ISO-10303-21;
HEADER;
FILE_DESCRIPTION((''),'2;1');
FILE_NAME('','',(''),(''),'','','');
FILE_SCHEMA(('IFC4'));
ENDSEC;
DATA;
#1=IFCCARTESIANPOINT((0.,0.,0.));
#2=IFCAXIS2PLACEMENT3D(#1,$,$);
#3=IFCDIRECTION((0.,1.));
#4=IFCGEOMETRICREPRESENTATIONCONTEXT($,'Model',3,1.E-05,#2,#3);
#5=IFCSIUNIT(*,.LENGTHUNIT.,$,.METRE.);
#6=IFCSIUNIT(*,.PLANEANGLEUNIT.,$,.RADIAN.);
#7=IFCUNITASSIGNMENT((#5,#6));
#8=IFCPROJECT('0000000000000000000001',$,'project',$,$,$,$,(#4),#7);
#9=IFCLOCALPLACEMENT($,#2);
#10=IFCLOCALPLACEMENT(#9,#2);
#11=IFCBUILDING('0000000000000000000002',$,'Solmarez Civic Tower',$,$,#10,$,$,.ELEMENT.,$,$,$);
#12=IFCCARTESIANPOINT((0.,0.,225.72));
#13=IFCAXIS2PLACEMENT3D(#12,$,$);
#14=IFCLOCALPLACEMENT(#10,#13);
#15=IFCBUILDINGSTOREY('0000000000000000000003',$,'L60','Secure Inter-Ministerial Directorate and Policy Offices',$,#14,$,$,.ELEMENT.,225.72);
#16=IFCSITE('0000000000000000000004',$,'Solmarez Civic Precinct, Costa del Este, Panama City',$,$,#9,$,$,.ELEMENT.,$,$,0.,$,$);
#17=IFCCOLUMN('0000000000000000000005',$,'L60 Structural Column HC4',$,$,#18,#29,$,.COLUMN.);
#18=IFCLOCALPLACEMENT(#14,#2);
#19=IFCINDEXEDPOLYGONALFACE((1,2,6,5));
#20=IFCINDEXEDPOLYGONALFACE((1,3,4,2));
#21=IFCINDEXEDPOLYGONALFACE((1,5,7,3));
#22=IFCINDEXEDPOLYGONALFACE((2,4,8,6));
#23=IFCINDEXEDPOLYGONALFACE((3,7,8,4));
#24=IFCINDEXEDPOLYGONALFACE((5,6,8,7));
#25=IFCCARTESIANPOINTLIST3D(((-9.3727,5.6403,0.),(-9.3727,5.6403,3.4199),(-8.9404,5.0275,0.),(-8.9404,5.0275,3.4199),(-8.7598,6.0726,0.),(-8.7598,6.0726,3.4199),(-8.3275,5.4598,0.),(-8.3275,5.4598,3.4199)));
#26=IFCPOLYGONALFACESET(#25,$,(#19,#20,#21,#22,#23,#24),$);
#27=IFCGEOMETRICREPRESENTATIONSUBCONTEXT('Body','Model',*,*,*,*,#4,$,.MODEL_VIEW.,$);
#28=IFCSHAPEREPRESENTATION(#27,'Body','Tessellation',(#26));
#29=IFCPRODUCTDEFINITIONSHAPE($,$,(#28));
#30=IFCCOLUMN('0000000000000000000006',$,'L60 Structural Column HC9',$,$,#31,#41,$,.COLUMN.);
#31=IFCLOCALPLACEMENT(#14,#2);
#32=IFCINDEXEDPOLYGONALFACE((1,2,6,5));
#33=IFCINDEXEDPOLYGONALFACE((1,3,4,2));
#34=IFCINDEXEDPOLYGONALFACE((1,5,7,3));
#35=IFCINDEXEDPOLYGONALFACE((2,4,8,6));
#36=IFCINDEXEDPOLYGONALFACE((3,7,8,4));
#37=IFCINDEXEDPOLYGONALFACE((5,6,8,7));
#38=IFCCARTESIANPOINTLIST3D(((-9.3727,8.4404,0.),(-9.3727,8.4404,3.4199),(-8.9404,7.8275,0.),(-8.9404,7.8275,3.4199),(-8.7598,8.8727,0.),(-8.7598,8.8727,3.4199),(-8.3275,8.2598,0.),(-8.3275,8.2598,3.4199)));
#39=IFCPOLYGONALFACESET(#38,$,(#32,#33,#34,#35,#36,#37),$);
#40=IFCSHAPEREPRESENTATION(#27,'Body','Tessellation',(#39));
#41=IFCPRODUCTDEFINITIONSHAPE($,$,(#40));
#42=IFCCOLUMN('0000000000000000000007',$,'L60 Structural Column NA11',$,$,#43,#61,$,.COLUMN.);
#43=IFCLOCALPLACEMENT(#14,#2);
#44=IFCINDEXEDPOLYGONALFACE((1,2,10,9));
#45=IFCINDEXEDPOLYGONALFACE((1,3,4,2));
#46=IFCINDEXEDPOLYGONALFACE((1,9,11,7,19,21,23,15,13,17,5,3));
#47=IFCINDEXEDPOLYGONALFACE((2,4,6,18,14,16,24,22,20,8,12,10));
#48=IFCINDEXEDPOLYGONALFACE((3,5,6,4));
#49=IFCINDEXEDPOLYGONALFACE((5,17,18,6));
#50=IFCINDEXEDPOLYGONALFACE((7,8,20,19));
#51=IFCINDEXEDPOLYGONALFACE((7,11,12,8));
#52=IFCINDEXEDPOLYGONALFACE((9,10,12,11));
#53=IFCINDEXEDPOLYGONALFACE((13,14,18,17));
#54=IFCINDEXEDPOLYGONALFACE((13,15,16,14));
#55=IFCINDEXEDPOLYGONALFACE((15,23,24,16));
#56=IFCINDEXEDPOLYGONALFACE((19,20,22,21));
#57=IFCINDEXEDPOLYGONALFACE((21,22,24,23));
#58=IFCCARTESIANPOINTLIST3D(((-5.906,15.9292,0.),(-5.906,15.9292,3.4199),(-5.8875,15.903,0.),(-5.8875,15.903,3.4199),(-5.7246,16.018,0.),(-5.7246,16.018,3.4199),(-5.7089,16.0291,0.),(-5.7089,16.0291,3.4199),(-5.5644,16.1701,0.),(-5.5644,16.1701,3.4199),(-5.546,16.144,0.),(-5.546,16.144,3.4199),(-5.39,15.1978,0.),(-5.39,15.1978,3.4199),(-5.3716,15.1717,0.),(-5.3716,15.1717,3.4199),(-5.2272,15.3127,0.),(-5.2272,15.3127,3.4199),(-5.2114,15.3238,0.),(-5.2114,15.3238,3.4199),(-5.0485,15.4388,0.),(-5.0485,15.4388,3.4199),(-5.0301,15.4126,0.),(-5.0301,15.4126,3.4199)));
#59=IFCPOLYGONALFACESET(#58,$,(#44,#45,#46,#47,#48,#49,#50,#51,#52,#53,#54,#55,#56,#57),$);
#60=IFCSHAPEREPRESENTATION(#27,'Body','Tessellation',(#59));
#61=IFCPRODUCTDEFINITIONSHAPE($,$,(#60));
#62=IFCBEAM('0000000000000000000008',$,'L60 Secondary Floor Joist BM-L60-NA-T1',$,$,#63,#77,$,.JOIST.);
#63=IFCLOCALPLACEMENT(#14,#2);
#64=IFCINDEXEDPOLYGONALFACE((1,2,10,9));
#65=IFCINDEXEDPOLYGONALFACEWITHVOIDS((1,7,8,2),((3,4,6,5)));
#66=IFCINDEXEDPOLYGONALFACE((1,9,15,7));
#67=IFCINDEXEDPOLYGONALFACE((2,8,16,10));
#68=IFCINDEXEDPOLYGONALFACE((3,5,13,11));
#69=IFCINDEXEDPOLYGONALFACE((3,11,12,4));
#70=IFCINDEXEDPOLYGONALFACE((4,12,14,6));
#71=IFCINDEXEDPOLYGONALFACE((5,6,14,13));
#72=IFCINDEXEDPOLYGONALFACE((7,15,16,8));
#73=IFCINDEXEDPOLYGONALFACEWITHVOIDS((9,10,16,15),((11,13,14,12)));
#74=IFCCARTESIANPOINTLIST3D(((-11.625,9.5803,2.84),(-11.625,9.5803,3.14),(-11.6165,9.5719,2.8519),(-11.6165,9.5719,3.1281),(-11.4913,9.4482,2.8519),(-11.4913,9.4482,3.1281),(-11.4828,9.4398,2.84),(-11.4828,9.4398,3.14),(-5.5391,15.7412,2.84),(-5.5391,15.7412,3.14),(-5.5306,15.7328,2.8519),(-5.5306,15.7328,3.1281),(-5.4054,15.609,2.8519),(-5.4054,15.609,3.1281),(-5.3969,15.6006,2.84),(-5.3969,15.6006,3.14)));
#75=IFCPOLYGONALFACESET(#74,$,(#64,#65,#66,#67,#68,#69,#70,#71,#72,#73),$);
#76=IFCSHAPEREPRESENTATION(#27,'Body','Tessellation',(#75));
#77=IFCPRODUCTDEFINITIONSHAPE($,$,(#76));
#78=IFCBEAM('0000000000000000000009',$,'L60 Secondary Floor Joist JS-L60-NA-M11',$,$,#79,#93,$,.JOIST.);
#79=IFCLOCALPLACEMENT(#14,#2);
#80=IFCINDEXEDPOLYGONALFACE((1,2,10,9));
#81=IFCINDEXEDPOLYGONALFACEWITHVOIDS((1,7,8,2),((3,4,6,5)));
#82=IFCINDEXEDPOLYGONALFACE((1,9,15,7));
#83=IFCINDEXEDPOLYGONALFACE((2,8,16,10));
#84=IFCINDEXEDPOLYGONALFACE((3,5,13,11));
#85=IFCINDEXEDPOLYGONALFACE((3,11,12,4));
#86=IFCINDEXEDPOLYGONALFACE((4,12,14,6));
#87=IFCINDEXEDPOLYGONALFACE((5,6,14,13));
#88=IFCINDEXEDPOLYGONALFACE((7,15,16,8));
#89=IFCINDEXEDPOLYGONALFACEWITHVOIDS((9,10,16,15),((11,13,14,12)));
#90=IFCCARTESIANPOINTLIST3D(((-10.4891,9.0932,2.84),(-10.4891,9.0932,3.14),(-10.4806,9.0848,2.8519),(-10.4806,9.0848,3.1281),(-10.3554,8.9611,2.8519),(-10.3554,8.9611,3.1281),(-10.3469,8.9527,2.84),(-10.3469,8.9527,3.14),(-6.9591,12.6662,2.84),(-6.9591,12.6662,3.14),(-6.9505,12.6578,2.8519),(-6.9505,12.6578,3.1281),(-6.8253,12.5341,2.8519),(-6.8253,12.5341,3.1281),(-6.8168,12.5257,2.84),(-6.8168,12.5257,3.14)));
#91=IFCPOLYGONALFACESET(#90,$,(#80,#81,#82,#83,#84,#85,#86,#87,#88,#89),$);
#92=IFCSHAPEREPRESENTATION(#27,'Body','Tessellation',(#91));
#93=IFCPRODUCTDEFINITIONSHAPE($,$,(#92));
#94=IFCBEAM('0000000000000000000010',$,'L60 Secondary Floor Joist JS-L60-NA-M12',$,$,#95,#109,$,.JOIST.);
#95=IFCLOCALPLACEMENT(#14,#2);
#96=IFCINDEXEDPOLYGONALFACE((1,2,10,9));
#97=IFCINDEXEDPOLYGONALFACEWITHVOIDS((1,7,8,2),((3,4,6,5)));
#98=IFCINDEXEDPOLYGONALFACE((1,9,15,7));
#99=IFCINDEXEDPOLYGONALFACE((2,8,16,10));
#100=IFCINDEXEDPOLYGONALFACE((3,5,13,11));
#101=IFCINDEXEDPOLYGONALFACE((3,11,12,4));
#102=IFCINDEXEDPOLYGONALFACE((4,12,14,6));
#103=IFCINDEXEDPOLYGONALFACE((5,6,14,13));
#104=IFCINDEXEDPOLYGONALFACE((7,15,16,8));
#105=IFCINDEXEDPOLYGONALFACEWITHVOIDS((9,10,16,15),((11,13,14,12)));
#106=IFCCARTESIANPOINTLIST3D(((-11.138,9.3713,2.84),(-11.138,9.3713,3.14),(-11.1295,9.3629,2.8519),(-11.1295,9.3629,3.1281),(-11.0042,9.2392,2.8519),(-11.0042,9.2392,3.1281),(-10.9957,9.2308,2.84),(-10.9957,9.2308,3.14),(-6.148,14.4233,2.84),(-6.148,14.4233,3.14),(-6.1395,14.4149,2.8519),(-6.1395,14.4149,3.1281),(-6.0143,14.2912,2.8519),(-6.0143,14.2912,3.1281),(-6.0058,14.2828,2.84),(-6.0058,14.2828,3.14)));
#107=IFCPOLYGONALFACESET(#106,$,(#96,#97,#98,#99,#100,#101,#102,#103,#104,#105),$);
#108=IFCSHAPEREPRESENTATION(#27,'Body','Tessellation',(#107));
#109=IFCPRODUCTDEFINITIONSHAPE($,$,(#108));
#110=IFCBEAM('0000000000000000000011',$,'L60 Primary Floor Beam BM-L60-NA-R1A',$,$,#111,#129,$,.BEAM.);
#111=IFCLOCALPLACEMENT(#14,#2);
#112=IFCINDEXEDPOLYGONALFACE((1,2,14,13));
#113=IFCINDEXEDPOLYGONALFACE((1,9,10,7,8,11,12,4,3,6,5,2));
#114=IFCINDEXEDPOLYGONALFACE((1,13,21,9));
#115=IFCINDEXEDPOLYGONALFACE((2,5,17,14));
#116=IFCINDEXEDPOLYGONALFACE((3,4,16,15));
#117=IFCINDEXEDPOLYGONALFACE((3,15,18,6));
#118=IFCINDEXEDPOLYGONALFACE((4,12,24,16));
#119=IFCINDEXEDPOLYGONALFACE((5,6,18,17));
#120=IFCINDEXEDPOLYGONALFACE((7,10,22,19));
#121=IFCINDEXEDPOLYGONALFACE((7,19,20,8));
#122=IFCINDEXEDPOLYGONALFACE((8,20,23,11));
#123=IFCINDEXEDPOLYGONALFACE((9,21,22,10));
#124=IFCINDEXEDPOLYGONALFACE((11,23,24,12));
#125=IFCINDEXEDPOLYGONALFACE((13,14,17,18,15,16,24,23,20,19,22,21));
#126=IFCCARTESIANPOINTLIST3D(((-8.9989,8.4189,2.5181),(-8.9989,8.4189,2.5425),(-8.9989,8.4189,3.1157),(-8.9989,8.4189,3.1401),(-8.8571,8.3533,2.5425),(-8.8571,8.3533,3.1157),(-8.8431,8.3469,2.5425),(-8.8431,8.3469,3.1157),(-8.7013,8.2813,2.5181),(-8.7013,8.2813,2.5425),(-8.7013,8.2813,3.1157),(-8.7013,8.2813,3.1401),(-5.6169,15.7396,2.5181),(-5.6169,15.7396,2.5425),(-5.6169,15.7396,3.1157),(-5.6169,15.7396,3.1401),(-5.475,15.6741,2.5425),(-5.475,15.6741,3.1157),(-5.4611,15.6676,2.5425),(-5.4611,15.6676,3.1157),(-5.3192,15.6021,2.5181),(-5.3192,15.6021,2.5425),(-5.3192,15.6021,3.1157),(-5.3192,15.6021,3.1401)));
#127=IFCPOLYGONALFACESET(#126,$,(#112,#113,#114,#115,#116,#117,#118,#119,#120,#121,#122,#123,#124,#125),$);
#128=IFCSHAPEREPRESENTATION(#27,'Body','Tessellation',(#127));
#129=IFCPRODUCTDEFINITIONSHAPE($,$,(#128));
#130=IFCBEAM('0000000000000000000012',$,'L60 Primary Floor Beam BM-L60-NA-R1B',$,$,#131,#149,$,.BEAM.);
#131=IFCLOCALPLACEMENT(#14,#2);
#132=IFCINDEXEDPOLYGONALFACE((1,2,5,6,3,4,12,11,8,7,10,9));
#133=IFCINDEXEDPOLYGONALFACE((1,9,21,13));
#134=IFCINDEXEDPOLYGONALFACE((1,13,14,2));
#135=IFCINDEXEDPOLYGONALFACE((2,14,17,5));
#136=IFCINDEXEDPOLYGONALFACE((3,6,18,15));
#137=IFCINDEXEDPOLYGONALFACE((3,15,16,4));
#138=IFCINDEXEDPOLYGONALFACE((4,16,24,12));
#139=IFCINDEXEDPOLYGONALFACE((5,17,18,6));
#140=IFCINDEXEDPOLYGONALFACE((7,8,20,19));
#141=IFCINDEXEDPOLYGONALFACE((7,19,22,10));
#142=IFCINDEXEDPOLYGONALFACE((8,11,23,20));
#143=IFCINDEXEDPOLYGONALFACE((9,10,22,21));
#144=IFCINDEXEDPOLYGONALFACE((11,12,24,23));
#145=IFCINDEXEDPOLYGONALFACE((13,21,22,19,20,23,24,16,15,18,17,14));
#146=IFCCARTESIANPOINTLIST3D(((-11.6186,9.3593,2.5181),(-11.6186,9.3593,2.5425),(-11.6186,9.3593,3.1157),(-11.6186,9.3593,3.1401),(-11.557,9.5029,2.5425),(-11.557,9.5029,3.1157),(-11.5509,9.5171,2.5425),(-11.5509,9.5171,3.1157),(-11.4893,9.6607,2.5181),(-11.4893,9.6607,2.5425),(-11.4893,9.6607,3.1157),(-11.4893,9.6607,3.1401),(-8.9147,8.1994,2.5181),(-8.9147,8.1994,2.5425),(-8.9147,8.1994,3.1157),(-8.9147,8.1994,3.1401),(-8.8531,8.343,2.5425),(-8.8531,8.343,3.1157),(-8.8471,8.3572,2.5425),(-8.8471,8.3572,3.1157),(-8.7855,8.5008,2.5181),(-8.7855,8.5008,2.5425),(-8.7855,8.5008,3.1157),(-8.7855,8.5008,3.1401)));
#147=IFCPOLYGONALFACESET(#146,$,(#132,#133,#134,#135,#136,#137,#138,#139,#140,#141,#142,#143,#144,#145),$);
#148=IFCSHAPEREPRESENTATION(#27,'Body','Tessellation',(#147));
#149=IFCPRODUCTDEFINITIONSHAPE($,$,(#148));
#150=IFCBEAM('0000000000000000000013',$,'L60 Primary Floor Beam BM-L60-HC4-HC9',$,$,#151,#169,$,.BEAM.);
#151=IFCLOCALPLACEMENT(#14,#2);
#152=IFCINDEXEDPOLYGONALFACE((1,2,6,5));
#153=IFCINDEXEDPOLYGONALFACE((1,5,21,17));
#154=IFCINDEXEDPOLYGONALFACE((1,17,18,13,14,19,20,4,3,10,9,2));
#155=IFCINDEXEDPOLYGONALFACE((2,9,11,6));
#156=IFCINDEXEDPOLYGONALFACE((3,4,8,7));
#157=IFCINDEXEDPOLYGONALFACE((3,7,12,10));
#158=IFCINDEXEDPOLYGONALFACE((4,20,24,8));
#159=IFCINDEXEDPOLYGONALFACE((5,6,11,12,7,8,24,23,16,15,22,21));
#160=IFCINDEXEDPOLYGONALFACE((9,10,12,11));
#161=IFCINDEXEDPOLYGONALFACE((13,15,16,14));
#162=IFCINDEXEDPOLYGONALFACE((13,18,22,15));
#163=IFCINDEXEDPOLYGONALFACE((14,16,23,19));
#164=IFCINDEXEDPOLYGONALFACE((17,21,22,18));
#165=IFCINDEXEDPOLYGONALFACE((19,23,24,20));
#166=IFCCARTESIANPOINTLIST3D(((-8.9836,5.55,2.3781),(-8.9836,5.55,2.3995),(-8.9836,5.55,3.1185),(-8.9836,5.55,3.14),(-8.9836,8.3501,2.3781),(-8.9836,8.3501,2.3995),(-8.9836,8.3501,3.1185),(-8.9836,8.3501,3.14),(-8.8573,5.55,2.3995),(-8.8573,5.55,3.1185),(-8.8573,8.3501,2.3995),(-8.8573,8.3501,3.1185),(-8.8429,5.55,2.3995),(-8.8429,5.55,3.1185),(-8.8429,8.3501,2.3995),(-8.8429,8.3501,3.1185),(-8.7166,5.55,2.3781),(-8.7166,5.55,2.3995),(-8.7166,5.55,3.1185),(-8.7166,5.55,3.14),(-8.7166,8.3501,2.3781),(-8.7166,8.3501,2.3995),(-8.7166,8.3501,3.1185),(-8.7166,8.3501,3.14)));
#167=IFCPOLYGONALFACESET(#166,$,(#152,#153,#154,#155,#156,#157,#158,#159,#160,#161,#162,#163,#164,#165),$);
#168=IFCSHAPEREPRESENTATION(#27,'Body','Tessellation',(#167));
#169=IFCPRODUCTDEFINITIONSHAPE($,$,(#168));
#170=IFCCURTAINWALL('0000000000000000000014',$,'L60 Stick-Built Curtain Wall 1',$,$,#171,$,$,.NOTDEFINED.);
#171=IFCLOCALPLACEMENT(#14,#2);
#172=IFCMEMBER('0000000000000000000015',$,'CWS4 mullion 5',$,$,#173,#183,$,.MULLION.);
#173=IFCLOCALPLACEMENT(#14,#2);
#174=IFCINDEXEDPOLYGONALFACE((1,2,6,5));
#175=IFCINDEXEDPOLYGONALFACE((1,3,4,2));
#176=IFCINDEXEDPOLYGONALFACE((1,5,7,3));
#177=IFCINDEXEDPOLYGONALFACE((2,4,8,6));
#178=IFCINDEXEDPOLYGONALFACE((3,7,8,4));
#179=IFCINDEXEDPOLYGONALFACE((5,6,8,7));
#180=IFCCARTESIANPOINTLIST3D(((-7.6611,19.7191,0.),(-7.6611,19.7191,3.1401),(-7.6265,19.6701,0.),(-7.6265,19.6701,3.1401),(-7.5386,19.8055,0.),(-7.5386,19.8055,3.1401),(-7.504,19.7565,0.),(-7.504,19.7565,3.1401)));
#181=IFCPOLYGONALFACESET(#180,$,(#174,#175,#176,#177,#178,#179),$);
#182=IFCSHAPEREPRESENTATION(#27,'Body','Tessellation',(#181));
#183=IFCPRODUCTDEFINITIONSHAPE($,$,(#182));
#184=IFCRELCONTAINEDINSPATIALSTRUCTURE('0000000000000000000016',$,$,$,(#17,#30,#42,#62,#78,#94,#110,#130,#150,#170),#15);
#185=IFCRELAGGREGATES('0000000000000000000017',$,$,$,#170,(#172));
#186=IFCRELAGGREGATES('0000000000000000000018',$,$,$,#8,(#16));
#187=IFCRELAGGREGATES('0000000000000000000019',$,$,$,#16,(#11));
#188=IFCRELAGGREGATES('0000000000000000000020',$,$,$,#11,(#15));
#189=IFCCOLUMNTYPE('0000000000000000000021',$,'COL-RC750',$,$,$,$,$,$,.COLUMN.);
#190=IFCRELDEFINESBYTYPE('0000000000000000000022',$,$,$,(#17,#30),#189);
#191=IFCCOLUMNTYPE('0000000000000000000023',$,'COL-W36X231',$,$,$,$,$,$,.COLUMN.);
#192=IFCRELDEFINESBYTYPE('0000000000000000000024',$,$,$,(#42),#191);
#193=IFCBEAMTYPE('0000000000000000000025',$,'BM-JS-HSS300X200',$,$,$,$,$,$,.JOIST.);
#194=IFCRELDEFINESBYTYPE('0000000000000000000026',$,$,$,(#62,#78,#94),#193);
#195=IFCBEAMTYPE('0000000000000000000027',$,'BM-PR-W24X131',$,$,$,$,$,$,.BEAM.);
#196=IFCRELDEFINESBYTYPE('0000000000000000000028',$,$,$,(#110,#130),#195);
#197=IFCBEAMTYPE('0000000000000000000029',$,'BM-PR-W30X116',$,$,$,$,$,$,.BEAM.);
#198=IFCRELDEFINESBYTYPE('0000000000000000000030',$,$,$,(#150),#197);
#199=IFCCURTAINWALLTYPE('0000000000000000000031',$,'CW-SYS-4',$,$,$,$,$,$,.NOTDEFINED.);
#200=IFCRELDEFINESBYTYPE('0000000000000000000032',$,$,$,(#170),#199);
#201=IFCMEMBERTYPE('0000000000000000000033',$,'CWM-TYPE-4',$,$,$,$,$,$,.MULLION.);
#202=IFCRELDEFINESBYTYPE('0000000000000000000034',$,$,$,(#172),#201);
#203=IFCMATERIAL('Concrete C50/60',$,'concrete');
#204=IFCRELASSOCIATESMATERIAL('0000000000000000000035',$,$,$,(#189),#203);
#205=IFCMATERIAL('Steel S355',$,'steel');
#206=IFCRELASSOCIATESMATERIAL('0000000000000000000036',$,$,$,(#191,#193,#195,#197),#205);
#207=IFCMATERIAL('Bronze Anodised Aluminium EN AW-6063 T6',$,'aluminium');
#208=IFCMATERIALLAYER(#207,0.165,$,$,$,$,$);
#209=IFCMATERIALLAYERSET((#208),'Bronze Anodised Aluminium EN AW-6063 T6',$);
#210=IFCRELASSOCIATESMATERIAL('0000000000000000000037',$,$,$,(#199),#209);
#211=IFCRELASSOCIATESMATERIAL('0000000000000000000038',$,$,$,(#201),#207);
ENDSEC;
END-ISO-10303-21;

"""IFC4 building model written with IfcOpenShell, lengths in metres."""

from ifc_helpers import new_model, si_unit, direction, frame, origin, origin_2d, place, context, subcontext, project, spatial, rectangle, hollow_rectangle, i_section, extrude, material, layer, layer_set, material_profile, profile_set, type_object, element, aggregate, save


model = new_model("IFC4")

# Units and contexts
model_context = context("Model", 3, precision=1e-05, world=origin(), true_north=direction((0.0, 1.0)))
body_context = subcontext(model_context, "Body", "Model", "MODEL_VIEW")
ifc_project = project(units=[si_unit("LENGTHUNIT", "METRE"), si_unit("PLANEANGLEUNIT", "RADIAN")], contexts=[model_context])

# Site, building, storey
site_placement = place(None, origin())
site = spatial("IfcSite", under=ifc_project, at=site_placement, Name="Solmarez Civic Precinct, Costa del Este, Panama City", CompositionType="ELEMENT", RefElevation=0.0)
building_placement = place(site_placement, origin())
building = spatial("IfcBuilding", under=site, at=building_placement, Name="Solmarez Civic Tower", CompositionType="ELEMENT")
storey_placement = place(building_placement, frame((0.0, 0.0, 225.72)))
storey = spatial("IfcBuildingStorey", under=building, at=storey_placement, Name="L60", Description="Secure Inter-Ministerial Directorate and Policy Offices", CompositionType="ELEMENT", Elevation=225.72)

# Columns
ifc_material_1 = material(Name="Concrete C50/60", Category="concrete")
ifc_material_profile_1 = material_profile(ifc_material_1, rectangle(XDim=0.75, YDim=0.75, at=origin_2d()), Name="RC750X750")
ifc_profile_set_1 = profile_set([ifc_material_profile_1], Name="Concrete C50/60")
column_type_1 = type_object("IfcColumnType", Name="COL-RC750", PredefinedType="COLUMN", material=ifc_profile_set_1)
for number, where, z_axis, x_axis, name in (
    (1, (-8.8501, 5.55, 0.0), (0.0, 0.0, 1.0), (0.817145, 0.576432, 0.0), "L60 Structural Column HC4"),
    (2, (-8.8501, 8.3501, 0.0), (0.0, 0.0, 1.0), (0.817145, 0.576432, 0.0), "L60 Structural Column HC9"),
):
    element("IfcColumn", number, at=place(storey_placement, frame(where, z_axis=z_axis, x_axis=x_axis)), inside=storey, type_object=column_type_1, Name=name, PredefinedType="COLUMN", context=body_context, shape_type="SweptSolid", body=[
        extrude(rectangle(XDim=0.75, YDim=0.75, at=origin_2d()), origin(), (0.0, 0.0, 1.0), 3.4199),
    ])
ifc_material_2 = material(Name="Steel S355", Category="steel")
ifc_material_profile_2 = material_profile(ifc_material_2, i_section(OverallWidth=0.418, OverallDepth=0.927, WebThickness=0.0193, FlangeThickness=0.032, at=origin_2d()), Name="W36X231")
ifc_profile_set_2 = profile_set([ifc_material_profile_2], Name="Steel S355")
column_type_2 = type_object("IfcColumnType", Name="COL-W36X231", PredefinedType="COLUMN", material=ifc_profile_set_2)
column_placement = place(storey_placement, frame((-5.468, 15.6709, 0.0), z_axis=(0.0, 0.0, 1.0), x_axis=(0.817145, 0.576432, 0.0)))
element("IfcColumn", 3, at=column_placement, inside=storey, type_object=column_type_2, Name="L60 Structural Column NA11", PredefinedType="COLUMN", context=body_context, shape_type="SweptSolid", body=[
    extrude(i_section(OverallWidth=0.418, OverallDepth=0.927, WebThickness=0.0193, FlangeThickness=0.032, at=origin_2d()), origin(), (0.0, 0.0, 1.0), 3.4199),
])

# Beams
ifc_material_profile_3 = material_profile(ifc_material_2, hollow_rectangle(XDim=0.2, YDim=0.3, WallThickness=0.012, at=origin_2d()), Name="HSS300X200X12")
ifc_profile_set_3 = profile_set([ifc_material_profile_3], Name="Steel S355")
beam_type_1 = type_object("IfcBeamType", Name="BM-JS-HSS300X200", PredefinedType="JOIST", material=ifc_profile_set_3)
beam_1_placement = place(storey_placement, frame((-5.468, 15.6709, 2.99), z_axis=(-0.702766, -0.711421, 0.0), x_axis=(0.711421, -0.702766, 0.0)))
element("IfcBeam", 4, at=beam_1_placement, inside=storey, type_object=beam_type_1, Name="L60 Secondary Floor Joist BM-L60-NA-T1", PredefinedType="JOIST", context=body_context, shape_type="SweptSolid", body=[
    extrude(hollow_rectangle(XDim=0.2, YDim=0.3, WallThickness=0.012, at=origin_2d()), origin(), (0.0, 0.0, 1.0), 8.6599),
])
beam_2_placement = place(storey_placement, frame((-6.8879, 12.5959, 2.99), z_axis=(-0.702816, -0.711371, 0.0), x_axis=(0.711371, -0.702816, 0.0)))
element("IfcBeam", 5, at=beam_2_placement, inside=storey, type_object=beam_type_1, Name="L60 Secondary Floor Joist JS-L60-NA-M11", PredefinedType="JOIST", context=body_context, shape_type="SweptSolid", body=[
    extrude(hollow_rectangle(XDim=0.2, YDim=0.3, WallThickness=0.012, at=origin_2d()), origin(), (0.0, 0.0, 1.0), 5.0227),
])
beam_3_placement = place(storey_placement, frame((-6.0769, 14.353, 2.99), z_axis=(-0.702727, -0.71146, 0.0), x_axis=(0.71146, -0.702727, 0.0)))
element("IfcBeam", 6, at=beam_3_placement, inside=storey, type_object=beam_type_1, Name="L60 Secondary Floor Joist JS-L60-NA-M12", PredefinedType="JOIST", context=body_context, shape_type="SweptSolid", body=[
    extrude(hollow_rectangle(XDim=0.2, YDim=0.3, WallThickness=0.012, at=origin_2d()), origin(), (0.0, 0.0, 1.0), 7.1008),
])
ifc_material_profile_4 = material_profile(ifc_material_2, i_section(OverallWidth=0.3279, OverallDepth=0.6221, WebThickness=0.0154, FlangeThickness=0.0244, at=origin_2d()), Name="W24X131")
ifc_profile_set_4 = profile_set([ifc_material_profile_4], Name="Steel S355")
beam_type_2 = type_object("IfcBeamType", Name="BM-PR-W24X131", PredefinedType="BEAM", material=ifc_profile_set_4)
beam_4_placement = place(storey_placement, frame((-8.8501, 8.3501, 2.8291), z_axis=(0.41939, 0.907806, 0.0), x_axis=(-0.907806, 0.41939, 0.0)))
element("IfcBeam", 7, at=beam_4_placement, inside=storey, type_object=beam_type_2, Name="L60 Primary Floor Beam BM-L60-NA-R1A", PredefinedType="BEAM", context=body_context, shape_type="SweptSolid", body=[
    extrude(i_section(OverallWidth=0.3279, OverallDepth=0.6221, WebThickness=0.0154, FlangeThickness=0.0244, at=origin_2d()), origin(), (0.0, 0.0, 1.0), 8.0642),
])
beam_5_placement = place(storey_placement, frame((-8.8501, 8.3501, 2.8291), z_axis=(-0.919008, 0.39424, 0.0), x_axis=(-0.39424, -0.919008, 0.0)))
element("IfcBeam", 8, at=beam_5_placement, inside=storey, type_object=beam_type_2, Name="L60 Primary Floor Beam BM-L60-NA-R1B", PredefinedType="BEAM", context=body_context, shape_type="SweptSolid", body=[
    extrude(i_section(OverallWidth=0.3279, OverallDepth=0.6221, WebThickness=0.0154, FlangeThickness=0.0244, at=origin_2d()), origin(), (0.0, 0.0, 1.0), 2.9421),
])
ifc_material_profile_5 = material_profile(ifc_material_2, i_section(OverallWidth=0.2671, OverallDepth=0.762, WebThickness=0.0144, FlangeThickness=0.0215, at=origin_2d()), Name="W30X116")
ifc_profile_set_5 = profile_set([ifc_material_profile_5], Name="Steel S355")
beam_type_3 = type_object("IfcBeamType", Name="BM-PR-W30X116", PredefinedType="BEAM", material=ifc_profile_set_5)
beam_6_placement = place(storey_placement, frame((-8.8501, 5.55, 2.759), z_axis=(0.0, 1.0, 0.0), x_axis=(-1.0, 0.0, 0.0)))
element("IfcBeam", 9, at=beam_6_placement, inside=storey, type_object=beam_type_3, Name="L60 Primary Floor Beam BM-L60-HC4-HC9", PredefinedType="BEAM", context=body_context, shape_type="SweptSolid", body=[
    extrude(i_section(OverallWidth=0.2671, OverallDepth=0.762, WebThickness=0.0144, FlangeThickness=0.0215, at=origin_2d()), origin(), (0.0, 0.0, 1.0), 2.8),
])

# Curtain wall, member
ifc_material_3 = material(Name="Bronze Anodised Aluminium EN AW-6063 T6", Category="aluminium")
ifc_layer_1 = layer(ifc_material_3, 0.165)
ifc_layer_set_1 = layer_set([ifc_layer_1], Name="Bronze Anodised Aluminium EN AW-6063 T6")
curtain_wall_type = type_object("IfcCurtainWallType", Name="CW-SYS-4", PredefinedType="NOTDEFINED", material=ifc_layer_set_1)
curtain_wall_placement = place(storey_placement, origin())
curtain_wall = element("IfcCurtainWall", 10, at=curtain_wall_placement, inside=storey, type_object=curtain_wall_type, Name="L60 Stick-Built Curtain Wall 1", PredefinedType="NOTDEFINED")
ifc_material_profile_6 = material_profile(ifc_material_3, rectangle(XDim=0.0601, YDim=0.1499, at=origin_2d()), Name="CWM-60X150")
ifc_profile_set_6 = profile_set([ifc_material_profile_6], Name="Bronze Anodised Aluminium EN AW-6063 T6")
member_type_1 = type_object("IfcMemberType", Name="CWM-TYPE-4", PredefinedType="MULLION", material=ifc_profile_set_6)
member_1_placement = place(storey_placement, frame((-7.5825, 19.7378, 0.0), z_axis=(0.0, 0.0, 1.0), x_axis=(-0.576405, 0.817164, 0.0)))
member_1 = element("IfcMember", 11, at=member_1_placement, type_object=member_type_1, Name="CWS4 mullion 5", PredefinedType="MULLION", context=body_context, shape_type="SweptSolid", body=[
    extrude(rectangle(XDim=0.0601, YDim=0.1499, at=origin_2d()), origin(), (0.0, 0.0, 1.0), 3.1401),
])
aggregate(curtain_wall, [member_1])

save(model, "model.ifc")
